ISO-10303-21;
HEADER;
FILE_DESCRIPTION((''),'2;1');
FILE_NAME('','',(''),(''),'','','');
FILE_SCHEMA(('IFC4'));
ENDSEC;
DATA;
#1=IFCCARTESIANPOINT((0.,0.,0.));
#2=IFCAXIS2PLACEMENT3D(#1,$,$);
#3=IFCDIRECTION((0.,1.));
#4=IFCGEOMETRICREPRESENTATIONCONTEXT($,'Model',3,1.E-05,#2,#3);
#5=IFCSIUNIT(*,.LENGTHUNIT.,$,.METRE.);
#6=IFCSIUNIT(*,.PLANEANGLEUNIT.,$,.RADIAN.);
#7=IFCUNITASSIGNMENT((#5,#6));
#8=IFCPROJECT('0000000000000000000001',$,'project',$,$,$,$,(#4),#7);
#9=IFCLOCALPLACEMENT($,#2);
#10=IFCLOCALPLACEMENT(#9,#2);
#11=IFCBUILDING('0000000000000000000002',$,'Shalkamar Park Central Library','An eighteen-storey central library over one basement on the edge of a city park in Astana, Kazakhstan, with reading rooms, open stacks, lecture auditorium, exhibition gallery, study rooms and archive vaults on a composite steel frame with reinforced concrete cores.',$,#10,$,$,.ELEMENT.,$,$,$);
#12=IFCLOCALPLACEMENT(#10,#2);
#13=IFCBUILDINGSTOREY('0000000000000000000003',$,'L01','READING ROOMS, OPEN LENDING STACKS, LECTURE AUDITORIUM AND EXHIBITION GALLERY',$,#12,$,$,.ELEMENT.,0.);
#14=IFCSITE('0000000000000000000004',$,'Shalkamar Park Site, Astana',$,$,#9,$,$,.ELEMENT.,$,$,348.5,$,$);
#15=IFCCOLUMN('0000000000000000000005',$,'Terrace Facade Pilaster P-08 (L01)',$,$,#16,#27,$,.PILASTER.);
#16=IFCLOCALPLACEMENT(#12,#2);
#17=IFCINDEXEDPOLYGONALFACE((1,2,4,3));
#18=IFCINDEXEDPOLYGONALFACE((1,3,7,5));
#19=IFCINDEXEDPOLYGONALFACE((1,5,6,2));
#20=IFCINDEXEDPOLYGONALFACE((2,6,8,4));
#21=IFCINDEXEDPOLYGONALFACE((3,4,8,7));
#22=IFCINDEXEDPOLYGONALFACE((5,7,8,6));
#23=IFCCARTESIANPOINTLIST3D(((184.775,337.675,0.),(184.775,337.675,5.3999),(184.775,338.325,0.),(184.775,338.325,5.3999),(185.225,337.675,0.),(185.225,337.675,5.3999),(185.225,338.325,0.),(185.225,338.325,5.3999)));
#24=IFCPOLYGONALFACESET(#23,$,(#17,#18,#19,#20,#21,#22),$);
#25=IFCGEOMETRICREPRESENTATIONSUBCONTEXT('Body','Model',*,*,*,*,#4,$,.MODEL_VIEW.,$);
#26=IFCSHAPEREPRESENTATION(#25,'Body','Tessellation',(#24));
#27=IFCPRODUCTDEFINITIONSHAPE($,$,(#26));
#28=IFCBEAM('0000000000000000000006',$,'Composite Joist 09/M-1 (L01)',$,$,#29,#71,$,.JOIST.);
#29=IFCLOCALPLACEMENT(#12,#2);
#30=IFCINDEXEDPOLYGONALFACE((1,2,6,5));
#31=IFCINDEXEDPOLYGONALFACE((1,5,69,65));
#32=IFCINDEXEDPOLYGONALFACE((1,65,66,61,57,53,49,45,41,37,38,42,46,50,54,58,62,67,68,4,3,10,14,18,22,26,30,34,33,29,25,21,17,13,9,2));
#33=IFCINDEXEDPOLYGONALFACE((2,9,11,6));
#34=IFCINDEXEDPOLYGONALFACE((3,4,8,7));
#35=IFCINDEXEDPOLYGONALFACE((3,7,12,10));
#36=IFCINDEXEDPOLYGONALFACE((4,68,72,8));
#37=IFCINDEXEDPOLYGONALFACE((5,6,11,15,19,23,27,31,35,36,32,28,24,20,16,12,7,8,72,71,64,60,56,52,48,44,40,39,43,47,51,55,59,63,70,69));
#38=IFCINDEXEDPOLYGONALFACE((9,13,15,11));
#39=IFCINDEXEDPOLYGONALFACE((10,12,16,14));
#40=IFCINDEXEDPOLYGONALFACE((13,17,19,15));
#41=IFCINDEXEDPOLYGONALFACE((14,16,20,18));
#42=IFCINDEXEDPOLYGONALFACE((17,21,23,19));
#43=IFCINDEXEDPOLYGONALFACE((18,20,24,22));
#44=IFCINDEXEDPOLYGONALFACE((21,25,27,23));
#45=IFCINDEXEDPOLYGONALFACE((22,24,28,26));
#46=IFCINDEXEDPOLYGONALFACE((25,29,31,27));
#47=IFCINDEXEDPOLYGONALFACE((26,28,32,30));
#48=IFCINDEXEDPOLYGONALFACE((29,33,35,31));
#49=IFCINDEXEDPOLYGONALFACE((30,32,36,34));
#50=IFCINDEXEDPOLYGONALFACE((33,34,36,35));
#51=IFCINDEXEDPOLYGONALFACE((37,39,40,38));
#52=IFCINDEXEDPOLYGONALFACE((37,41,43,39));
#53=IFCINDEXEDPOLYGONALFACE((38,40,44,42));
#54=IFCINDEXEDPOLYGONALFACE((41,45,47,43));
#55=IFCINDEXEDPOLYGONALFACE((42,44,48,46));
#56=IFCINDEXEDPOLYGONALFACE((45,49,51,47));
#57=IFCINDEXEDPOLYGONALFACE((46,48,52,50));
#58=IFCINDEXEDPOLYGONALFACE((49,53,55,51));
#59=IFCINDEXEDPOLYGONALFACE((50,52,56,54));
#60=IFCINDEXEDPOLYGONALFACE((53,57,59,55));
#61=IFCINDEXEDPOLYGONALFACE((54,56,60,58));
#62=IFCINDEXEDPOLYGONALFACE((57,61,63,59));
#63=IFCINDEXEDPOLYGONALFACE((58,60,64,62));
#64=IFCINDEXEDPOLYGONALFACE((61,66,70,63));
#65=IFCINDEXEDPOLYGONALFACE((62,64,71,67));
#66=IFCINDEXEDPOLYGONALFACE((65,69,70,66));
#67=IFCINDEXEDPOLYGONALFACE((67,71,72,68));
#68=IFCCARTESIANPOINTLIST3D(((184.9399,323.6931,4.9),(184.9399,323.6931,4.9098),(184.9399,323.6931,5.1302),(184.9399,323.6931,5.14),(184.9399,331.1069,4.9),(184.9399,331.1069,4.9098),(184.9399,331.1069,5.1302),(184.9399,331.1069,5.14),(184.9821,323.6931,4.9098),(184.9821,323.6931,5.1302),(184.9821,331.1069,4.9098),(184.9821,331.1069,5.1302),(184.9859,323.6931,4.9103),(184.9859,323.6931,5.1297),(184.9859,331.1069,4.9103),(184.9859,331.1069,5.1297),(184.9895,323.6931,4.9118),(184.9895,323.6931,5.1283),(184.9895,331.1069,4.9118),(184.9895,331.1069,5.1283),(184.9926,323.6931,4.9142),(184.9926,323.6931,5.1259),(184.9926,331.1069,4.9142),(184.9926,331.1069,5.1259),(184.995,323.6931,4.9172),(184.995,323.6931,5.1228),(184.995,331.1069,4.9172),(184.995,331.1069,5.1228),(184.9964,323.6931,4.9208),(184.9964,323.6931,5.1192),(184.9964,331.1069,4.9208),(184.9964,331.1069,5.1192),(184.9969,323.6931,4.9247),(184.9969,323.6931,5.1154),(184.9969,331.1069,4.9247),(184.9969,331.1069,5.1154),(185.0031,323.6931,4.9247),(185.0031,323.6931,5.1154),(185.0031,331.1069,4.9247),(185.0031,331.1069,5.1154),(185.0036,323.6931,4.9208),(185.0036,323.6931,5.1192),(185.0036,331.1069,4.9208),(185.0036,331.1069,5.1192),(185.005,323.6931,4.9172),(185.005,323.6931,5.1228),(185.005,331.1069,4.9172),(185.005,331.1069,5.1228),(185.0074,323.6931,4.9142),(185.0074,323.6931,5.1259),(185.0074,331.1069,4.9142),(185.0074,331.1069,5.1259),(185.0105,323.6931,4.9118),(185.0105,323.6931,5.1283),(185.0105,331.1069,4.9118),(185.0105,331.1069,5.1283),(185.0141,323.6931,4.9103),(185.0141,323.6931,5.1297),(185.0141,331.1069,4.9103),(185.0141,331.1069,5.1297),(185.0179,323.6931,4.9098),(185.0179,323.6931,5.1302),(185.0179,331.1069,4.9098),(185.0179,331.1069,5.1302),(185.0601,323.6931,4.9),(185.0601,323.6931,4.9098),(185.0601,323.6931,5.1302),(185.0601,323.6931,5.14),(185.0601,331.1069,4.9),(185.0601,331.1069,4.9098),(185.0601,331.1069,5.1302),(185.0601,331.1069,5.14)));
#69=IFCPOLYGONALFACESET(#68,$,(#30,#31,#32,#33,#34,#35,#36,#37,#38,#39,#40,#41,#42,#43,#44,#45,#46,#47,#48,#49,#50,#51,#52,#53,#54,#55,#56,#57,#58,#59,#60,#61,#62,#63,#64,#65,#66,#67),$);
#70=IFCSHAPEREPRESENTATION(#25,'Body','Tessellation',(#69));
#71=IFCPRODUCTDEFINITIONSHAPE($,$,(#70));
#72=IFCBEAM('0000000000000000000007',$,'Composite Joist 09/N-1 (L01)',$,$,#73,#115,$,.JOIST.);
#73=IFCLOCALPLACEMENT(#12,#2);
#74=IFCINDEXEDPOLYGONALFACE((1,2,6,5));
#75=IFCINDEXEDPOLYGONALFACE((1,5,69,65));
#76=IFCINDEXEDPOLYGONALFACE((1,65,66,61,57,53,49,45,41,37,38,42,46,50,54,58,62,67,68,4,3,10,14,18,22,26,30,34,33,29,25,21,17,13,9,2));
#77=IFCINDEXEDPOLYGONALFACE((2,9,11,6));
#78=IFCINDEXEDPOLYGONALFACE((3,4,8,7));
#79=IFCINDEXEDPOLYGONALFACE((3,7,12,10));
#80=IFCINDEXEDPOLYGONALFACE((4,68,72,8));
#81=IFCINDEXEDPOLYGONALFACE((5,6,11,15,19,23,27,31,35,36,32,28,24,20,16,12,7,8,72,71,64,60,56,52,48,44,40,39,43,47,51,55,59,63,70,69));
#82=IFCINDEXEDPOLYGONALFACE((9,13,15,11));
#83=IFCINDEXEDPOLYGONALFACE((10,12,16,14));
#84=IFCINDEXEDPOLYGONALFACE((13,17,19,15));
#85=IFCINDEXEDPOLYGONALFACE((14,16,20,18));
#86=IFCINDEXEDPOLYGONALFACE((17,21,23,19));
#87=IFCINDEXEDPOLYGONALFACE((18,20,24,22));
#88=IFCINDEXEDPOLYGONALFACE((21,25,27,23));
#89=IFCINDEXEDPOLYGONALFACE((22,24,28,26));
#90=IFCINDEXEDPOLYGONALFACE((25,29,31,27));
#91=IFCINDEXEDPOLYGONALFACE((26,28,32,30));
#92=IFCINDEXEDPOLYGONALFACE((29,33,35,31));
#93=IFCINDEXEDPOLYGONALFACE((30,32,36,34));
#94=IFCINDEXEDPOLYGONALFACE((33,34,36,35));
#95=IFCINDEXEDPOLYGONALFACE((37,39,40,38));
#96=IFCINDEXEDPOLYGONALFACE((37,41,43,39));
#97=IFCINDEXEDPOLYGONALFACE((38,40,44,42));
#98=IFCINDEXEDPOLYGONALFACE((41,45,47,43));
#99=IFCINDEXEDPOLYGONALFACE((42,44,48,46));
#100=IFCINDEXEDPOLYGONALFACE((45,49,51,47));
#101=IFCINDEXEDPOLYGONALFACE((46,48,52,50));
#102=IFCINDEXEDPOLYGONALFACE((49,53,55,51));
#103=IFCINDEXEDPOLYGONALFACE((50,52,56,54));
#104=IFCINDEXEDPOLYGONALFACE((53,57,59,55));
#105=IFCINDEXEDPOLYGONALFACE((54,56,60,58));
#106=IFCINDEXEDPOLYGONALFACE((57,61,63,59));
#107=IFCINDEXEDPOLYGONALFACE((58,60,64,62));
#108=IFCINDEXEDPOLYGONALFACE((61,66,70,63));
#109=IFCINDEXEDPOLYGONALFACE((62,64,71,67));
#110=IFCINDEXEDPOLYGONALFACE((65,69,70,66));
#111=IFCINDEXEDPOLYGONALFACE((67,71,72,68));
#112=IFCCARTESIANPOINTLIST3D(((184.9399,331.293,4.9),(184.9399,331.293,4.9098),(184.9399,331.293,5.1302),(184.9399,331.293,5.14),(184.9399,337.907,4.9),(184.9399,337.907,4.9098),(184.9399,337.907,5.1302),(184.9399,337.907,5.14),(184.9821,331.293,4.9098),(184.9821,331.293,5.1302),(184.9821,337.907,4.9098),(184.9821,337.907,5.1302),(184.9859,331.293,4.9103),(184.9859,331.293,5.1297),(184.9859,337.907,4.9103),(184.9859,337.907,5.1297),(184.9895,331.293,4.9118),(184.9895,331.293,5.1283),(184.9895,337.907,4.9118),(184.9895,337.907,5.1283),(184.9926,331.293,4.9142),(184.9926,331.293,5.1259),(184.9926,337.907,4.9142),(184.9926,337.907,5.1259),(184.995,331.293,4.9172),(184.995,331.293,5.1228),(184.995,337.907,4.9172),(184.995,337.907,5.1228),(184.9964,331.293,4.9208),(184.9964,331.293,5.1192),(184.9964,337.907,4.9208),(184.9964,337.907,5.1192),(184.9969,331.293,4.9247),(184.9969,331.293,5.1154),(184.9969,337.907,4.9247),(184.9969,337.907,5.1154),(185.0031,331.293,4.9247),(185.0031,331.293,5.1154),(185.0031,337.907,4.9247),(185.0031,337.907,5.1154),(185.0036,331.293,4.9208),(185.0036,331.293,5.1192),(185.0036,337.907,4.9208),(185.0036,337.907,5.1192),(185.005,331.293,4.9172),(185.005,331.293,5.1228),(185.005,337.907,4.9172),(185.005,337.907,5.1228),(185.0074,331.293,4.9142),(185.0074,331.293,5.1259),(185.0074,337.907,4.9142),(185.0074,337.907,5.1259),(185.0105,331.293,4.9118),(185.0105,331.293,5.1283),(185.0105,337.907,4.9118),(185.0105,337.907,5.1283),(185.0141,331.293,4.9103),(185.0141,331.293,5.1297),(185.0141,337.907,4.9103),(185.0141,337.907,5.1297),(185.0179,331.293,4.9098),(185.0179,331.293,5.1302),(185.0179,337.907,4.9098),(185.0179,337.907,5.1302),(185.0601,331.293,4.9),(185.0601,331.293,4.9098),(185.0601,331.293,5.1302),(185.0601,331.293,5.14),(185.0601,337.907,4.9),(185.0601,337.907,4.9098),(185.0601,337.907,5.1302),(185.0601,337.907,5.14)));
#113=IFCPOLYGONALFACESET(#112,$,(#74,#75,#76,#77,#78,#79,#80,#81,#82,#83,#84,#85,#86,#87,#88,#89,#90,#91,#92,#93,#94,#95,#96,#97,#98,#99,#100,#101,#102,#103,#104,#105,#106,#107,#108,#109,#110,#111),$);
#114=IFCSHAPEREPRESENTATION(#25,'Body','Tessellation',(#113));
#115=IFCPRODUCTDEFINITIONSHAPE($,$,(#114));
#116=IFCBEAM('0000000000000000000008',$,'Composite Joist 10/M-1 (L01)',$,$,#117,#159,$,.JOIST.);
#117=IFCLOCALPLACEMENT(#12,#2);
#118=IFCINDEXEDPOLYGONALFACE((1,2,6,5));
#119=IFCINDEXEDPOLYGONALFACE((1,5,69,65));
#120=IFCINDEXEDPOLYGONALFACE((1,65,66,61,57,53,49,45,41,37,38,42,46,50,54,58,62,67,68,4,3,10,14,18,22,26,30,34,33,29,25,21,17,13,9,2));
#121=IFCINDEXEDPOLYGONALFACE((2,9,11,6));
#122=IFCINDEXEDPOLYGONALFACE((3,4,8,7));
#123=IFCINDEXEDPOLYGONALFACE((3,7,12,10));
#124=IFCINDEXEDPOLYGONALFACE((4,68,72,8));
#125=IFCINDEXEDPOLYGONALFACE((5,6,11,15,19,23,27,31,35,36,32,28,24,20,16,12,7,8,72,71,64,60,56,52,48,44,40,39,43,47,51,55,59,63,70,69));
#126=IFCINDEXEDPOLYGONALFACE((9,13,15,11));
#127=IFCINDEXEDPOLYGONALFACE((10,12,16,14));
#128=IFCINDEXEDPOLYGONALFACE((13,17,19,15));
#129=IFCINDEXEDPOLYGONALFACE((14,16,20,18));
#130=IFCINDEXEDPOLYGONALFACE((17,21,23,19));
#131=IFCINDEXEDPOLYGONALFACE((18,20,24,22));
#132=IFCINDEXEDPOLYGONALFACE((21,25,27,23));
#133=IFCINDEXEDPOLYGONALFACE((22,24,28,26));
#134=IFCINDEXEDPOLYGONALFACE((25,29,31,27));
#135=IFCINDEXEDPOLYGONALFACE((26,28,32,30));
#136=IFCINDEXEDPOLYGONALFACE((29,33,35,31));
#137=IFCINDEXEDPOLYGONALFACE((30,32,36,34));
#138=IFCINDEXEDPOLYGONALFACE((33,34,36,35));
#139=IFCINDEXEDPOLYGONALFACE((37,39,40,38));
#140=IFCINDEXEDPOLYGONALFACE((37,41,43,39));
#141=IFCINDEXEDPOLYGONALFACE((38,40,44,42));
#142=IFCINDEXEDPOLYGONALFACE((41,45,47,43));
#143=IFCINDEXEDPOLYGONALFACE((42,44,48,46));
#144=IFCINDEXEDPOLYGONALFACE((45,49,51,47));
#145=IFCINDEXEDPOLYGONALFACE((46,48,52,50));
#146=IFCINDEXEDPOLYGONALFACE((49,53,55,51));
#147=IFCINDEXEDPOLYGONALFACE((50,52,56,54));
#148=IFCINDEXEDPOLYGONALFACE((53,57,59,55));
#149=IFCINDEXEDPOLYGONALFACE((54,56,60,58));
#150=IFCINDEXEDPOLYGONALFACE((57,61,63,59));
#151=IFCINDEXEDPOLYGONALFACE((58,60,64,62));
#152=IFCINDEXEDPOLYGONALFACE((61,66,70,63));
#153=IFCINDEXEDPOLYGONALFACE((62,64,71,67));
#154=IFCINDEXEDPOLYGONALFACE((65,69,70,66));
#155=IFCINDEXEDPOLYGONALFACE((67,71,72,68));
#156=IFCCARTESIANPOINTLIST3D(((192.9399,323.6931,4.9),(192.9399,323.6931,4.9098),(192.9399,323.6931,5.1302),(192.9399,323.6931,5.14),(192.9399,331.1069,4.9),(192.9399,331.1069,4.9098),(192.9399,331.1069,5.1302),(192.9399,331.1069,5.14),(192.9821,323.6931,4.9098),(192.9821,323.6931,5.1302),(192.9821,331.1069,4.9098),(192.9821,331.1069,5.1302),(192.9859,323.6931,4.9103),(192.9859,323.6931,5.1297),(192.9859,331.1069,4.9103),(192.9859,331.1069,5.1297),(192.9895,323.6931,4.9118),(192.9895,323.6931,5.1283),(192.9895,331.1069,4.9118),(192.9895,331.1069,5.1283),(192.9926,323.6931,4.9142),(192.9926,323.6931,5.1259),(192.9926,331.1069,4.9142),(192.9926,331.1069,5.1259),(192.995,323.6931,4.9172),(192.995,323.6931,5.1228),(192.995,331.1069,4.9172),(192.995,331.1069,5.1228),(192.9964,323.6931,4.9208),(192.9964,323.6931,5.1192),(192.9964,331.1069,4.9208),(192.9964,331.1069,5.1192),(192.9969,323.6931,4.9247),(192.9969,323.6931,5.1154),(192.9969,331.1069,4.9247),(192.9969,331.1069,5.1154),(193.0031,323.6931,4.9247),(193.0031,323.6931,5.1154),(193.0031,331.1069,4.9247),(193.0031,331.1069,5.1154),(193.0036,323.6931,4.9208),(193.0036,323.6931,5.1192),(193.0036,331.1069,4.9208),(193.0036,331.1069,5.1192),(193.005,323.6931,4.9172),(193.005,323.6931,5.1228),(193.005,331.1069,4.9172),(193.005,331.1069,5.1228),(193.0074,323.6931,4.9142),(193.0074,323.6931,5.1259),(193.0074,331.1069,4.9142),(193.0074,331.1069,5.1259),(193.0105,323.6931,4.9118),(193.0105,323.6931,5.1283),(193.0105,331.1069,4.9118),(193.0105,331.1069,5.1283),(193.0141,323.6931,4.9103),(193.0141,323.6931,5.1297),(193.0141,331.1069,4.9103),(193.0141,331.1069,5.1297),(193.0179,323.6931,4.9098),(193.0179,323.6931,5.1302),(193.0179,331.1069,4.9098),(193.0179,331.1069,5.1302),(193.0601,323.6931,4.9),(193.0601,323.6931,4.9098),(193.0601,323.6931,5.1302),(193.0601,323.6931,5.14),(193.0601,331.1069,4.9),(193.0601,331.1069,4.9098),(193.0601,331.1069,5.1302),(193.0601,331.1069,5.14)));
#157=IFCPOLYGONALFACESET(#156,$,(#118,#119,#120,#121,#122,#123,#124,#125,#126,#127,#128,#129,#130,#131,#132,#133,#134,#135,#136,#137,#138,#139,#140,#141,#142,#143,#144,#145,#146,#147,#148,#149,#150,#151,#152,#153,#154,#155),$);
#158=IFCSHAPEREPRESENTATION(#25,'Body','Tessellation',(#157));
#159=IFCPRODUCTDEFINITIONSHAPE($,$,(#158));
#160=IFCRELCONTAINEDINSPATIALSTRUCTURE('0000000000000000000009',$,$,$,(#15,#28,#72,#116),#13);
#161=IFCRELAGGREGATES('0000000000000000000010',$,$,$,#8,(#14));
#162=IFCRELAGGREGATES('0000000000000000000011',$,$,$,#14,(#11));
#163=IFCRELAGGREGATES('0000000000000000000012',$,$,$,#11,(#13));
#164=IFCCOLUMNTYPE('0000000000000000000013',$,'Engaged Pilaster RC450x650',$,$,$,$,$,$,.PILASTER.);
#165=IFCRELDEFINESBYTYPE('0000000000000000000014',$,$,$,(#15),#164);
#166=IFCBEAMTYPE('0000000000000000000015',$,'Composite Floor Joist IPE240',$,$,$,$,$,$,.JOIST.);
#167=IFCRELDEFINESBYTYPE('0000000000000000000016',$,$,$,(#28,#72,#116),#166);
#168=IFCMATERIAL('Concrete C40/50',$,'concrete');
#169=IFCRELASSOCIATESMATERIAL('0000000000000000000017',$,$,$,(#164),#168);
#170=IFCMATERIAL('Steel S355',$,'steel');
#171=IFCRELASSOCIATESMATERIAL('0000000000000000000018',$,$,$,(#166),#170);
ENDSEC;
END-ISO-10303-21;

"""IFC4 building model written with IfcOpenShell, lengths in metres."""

from ifc_helpers import new_model, si_unit, direction, frame, origin, origin_2d, place, context, subcontext, project, spatial, rectangle, i_section, extrude, material, material_profile, profile_set, type_object, element, save


model = new_model("IFC4")

# Units and contexts
model_context = context("Model", 3, precision=1e-05, world=origin(), true_north=direction((0.0, 1.0)))
body_context = subcontext(model_context, "Body", "Model", "MODEL_VIEW")
ifc_project = project(units=[si_unit("LENGTHUNIT", "METRE"), si_unit("PLANEANGLEUNIT", "RADIAN")], contexts=[model_context])

# Site, building, storey
site_placement = place(None, origin())
site = spatial("IfcSite", under=ifc_project, at=site_placement, Name="Shalkamar Park Site, Astana", CompositionType="ELEMENT", RefElevation=348.5)
building_placement = place(site_placement, origin())
building = spatial("IfcBuilding", under=site, at=building_placement, Name="Shalkamar Park Central Library", Description="An eighteen-storey central library over one basement on the edge of a city park in Astana, Kazakhstan, with reading rooms, open stacks, lecture auditorium, exhibition gallery, study rooms and archive vaults on a composite steel frame with reinforced concrete cores.", CompositionType="ELEMENT")
storey_placement = place(building_placement, origin())
storey = spatial("IfcBuildingStorey", under=building, at=storey_placement, Name="L01", Description="READING ROOMS, OPEN LENDING STACKS, LECTURE AUDITORIUM AND EXHIBITION GALLERY", CompositionType="ELEMENT", Elevation=0.0)

# Column
ifc_material_1 = material(Name="Steel S355", Category="steel")
ifc_material_2 = material(Name="Concrete C40/50", Category="concrete")
ifc_material_profile_1 = material_profile(ifc_material_2, rectangle(XDim=0.45, YDim=0.6499, at=origin_2d()), Name="RC 450x650")
ifc_profile_set_1 = profile_set([ifc_material_profile_1], Name="Concrete C40/50")
column_type_1 = type_object("IfcColumnType", Name="Engaged Pilaster RC450x650", PredefinedType="PILASTER", material=ifc_profile_set_1)
column_1_placement = place(storey_placement, frame((185.0, 338.0, 0.0), z_axis=(0.0, 0.0, 1.0), x_axis=(1.0, 0.0, 0.0)))
element("IfcColumn", 1, at=column_1_placement, inside=storey, type_object=column_type_1, Name="Terrace Facade Pilaster P-08 (L01)", PredefinedType="PILASTER", context=body_context, shape_type="SweptSolid", body=[
    extrude(rectangle(XDim=0.45, YDim=0.6499, at=origin_2d()), origin(), (0.0, 0.0, 1.0), 5.3999),
])

# Beams
ifc_material_profile_2 = material_profile(ifc_material_1, i_section(OverallWidth=0.1201, OverallDepth=0.24, WebThickness=0.0061, FlangeThickness=0.0098, FilletRadius=0.0149, at=origin_2d()), Name="IPE 240")
ifc_profile_set_2 = profile_set([ifc_material_profile_2], Name="Steel S355")
beam_type_1 = type_object("IfcBeamType", Name="Composite Floor Joist IPE240", PredefinedType="JOIST", material=ifc_profile_set_2)
beam_1_placement = place(storey_placement, frame((185.0, 323.6931, 5.02), z_axis=(0.0, 1.0, 0.0), x_axis=(-1.0, 0.0, 0.0)))
element("IfcBeam", 2, at=beam_1_placement, inside=storey, type_object=beam_type_1, Name="Composite Joist 09/M-1 (L01)", PredefinedType="JOIST", context=body_context, shape_type="SweptSolid", body=[
    extrude(i_section(OverallWidth=0.1201, OverallDepth=0.24, WebThickness=0.0061, FlangeThickness=0.0098, FilletRadius=0.0149, at=origin_2d()), origin(), (0.0, 0.0, 1.0), 7.4138),
])
beam_2_placement = place(storey_placement, frame((185.0, 331.293, 5.02), z_axis=(0.0, 1.0, 0.0), x_axis=(-1.0, 0.0, 0.0)))
element("IfcBeam", 3, at=beam_2_placement, inside=storey, type_object=beam_type_1, Name="Composite Joist 09/N-1 (L01)", PredefinedType="JOIST", context=body_context, shape_type="SweptSolid", body=[
    extrude(i_section(OverallWidth=0.1201, OverallDepth=0.24, WebThickness=0.0061, FlangeThickness=0.0098, FilletRadius=0.0149, at=origin_2d()), origin(), (0.0, 0.0, 1.0), 6.614),
])
beam_3_placement = place(storey_placement, frame((193.0, 323.6931, 5.02), z_axis=(0.0, 1.0, 0.0), x_axis=(-1.0, 0.0, 0.0)))
element("IfcBeam", 4, at=beam_3_placement, inside=storey, type_object=beam_type_1, Name="Composite Joist 10/M-1 (L01)", PredefinedType="JOIST", context=body_context, shape_type="SweptSolid", body=[
    extrude(i_section(OverallWidth=0.1201, OverallDepth=0.24, WebThickness=0.0061, FlangeThickness=0.0098, FilletRadius=0.0149, at=origin_2d()), origin(), (0.0, 0.0, 1.0), 7.4138),
])

save(model, "model.ifc")
